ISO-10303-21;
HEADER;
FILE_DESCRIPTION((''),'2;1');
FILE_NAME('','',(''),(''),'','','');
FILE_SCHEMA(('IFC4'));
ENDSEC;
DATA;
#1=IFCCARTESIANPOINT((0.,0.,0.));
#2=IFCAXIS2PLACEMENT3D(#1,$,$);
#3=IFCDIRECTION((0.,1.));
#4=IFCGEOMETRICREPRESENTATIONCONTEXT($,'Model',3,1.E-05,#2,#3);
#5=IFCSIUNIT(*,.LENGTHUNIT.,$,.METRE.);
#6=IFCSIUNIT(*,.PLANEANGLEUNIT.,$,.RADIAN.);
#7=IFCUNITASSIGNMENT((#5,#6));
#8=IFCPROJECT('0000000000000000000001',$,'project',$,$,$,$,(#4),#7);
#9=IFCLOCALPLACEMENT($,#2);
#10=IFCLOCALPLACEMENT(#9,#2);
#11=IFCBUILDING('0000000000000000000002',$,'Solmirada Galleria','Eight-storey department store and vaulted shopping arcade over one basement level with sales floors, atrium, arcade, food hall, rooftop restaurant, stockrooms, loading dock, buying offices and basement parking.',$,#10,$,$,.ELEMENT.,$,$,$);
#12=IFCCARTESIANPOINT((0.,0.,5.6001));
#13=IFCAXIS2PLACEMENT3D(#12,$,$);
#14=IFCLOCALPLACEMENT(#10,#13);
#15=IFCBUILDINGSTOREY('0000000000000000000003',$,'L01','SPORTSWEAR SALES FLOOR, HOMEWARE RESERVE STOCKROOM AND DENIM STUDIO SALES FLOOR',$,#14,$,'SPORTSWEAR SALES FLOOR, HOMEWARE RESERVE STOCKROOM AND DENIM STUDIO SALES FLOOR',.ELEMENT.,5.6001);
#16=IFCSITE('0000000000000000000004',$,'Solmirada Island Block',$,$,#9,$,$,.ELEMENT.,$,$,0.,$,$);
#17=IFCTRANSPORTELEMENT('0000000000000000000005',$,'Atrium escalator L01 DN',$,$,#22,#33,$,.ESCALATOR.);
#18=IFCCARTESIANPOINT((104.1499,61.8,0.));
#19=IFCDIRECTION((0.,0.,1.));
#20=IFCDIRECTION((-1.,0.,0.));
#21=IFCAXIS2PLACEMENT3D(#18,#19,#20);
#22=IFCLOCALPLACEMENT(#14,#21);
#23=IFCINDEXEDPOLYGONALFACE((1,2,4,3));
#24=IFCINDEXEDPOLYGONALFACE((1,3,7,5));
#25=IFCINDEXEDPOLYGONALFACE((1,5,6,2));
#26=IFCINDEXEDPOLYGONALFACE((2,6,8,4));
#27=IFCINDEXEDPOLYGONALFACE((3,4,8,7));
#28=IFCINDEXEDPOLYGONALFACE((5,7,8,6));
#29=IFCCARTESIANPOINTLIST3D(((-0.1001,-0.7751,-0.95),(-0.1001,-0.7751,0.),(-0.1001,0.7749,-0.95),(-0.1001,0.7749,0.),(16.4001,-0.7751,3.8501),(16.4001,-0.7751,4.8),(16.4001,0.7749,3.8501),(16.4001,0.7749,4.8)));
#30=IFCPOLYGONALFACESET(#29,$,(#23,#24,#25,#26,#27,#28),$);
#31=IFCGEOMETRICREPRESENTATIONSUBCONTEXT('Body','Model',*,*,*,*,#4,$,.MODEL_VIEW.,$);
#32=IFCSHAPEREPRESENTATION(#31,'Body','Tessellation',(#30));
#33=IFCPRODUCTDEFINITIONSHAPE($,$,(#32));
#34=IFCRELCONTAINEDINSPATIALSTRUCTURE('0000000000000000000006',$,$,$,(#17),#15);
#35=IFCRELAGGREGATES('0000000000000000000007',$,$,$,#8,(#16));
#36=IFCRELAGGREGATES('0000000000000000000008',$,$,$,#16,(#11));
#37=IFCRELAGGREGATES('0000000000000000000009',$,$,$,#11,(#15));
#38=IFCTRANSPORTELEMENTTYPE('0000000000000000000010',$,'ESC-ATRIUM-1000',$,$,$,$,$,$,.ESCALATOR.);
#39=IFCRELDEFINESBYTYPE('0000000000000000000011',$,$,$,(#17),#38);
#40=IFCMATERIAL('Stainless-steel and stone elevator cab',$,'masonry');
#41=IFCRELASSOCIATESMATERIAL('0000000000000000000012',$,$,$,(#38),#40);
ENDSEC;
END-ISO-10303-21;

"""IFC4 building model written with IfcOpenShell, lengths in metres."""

from ifc_helpers import new_model, si_unit, direction, frame, origin, place, context, subcontext, project, spatial, polyline, outline, extrude, material, type_object, element, save


model = new_model("IFC4")

# Units and contexts
model_context = context("Model", 3, precision=1e-05, world=origin(), true_north=direction((0.0, 1.0)))
body_context = subcontext(model_context, "Body", "Model", "MODEL_VIEW")
ifc_project = project(units=[si_unit("LENGTHUNIT", "METRE"), si_unit("PLANEANGLEUNIT", "RADIAN")], contexts=[model_context])

# Site, building, storey
site_placement = place(None, origin())
site = spatial("IfcSite", under=ifc_project, at=site_placement, Name="Solmirada Island Block", CompositionType="ELEMENT", RefElevation=0.0)
building_placement = place(site_placement, origin())
building = spatial("IfcBuilding", under=site, at=building_placement, Name="Solmirada Galleria", Description="Eight-storey department store and vaulted shopping arcade over one basement level with sales floors, atrium, arcade, food hall, rooftop restaurant, stockrooms, loading dock, buying offices and basement parking.", CompositionType="ELEMENT")
storey_placement = place(building_placement, frame((0.0, 0.0, 5.6001)))
storey = spatial("IfcBuildingStorey", under=building, at=storey_placement, Name="L01", Description="SPORTSWEAR SALES FLOOR, HOMEWARE RESERVE STOCKROOM AND DENIM STUDIO SALES FLOOR", LongName="SPORTSWEAR SALES FLOOR, HOMEWARE RESERVE STOCKROOM AND DENIM STUDIO SALES FLOOR", CompositionType="ELEMENT", Elevation=5.6001)

# Transport element
ifc_material_1 = material(Name="Stainless-steel and stone elevator cab", Category="masonry")
transport_element_type = type_object("IfcTransportElementType", Name="ESC-ATRIUM-1000", PredefinedType="ESCALATOR", material=ifc_material_1)
transport_element_placement = place(storey_placement, frame((104.1499, 61.8, 0.0), z_axis=(0.0, 0.0, 1.0), x_axis=(-1.0, 0.0, 0.0)))
element("IfcTransportElement", 1, at=transport_element_placement, inside=storey, type_object=transport_element_type, Name="Atrium escalator L01 DN", PredefinedType="ESCALATOR", context=body_context, shape_type="SweptSolid", body=[
    extrude(outline(polyline([(-0.1001, 0.0), (16.4001, 4.8), (16.4001, 3.8501), (-0.1001, -0.95), (-0.1001, 0.0)])), frame((0.0, 0.7749, 0.0), z_axis=(0.0, -1.0, 0.0), x_axis=(1.0, 0.0, 0.0)), (0.0, 0.0, 1.0), 1.55),
])

save(model, "model.ifc")
